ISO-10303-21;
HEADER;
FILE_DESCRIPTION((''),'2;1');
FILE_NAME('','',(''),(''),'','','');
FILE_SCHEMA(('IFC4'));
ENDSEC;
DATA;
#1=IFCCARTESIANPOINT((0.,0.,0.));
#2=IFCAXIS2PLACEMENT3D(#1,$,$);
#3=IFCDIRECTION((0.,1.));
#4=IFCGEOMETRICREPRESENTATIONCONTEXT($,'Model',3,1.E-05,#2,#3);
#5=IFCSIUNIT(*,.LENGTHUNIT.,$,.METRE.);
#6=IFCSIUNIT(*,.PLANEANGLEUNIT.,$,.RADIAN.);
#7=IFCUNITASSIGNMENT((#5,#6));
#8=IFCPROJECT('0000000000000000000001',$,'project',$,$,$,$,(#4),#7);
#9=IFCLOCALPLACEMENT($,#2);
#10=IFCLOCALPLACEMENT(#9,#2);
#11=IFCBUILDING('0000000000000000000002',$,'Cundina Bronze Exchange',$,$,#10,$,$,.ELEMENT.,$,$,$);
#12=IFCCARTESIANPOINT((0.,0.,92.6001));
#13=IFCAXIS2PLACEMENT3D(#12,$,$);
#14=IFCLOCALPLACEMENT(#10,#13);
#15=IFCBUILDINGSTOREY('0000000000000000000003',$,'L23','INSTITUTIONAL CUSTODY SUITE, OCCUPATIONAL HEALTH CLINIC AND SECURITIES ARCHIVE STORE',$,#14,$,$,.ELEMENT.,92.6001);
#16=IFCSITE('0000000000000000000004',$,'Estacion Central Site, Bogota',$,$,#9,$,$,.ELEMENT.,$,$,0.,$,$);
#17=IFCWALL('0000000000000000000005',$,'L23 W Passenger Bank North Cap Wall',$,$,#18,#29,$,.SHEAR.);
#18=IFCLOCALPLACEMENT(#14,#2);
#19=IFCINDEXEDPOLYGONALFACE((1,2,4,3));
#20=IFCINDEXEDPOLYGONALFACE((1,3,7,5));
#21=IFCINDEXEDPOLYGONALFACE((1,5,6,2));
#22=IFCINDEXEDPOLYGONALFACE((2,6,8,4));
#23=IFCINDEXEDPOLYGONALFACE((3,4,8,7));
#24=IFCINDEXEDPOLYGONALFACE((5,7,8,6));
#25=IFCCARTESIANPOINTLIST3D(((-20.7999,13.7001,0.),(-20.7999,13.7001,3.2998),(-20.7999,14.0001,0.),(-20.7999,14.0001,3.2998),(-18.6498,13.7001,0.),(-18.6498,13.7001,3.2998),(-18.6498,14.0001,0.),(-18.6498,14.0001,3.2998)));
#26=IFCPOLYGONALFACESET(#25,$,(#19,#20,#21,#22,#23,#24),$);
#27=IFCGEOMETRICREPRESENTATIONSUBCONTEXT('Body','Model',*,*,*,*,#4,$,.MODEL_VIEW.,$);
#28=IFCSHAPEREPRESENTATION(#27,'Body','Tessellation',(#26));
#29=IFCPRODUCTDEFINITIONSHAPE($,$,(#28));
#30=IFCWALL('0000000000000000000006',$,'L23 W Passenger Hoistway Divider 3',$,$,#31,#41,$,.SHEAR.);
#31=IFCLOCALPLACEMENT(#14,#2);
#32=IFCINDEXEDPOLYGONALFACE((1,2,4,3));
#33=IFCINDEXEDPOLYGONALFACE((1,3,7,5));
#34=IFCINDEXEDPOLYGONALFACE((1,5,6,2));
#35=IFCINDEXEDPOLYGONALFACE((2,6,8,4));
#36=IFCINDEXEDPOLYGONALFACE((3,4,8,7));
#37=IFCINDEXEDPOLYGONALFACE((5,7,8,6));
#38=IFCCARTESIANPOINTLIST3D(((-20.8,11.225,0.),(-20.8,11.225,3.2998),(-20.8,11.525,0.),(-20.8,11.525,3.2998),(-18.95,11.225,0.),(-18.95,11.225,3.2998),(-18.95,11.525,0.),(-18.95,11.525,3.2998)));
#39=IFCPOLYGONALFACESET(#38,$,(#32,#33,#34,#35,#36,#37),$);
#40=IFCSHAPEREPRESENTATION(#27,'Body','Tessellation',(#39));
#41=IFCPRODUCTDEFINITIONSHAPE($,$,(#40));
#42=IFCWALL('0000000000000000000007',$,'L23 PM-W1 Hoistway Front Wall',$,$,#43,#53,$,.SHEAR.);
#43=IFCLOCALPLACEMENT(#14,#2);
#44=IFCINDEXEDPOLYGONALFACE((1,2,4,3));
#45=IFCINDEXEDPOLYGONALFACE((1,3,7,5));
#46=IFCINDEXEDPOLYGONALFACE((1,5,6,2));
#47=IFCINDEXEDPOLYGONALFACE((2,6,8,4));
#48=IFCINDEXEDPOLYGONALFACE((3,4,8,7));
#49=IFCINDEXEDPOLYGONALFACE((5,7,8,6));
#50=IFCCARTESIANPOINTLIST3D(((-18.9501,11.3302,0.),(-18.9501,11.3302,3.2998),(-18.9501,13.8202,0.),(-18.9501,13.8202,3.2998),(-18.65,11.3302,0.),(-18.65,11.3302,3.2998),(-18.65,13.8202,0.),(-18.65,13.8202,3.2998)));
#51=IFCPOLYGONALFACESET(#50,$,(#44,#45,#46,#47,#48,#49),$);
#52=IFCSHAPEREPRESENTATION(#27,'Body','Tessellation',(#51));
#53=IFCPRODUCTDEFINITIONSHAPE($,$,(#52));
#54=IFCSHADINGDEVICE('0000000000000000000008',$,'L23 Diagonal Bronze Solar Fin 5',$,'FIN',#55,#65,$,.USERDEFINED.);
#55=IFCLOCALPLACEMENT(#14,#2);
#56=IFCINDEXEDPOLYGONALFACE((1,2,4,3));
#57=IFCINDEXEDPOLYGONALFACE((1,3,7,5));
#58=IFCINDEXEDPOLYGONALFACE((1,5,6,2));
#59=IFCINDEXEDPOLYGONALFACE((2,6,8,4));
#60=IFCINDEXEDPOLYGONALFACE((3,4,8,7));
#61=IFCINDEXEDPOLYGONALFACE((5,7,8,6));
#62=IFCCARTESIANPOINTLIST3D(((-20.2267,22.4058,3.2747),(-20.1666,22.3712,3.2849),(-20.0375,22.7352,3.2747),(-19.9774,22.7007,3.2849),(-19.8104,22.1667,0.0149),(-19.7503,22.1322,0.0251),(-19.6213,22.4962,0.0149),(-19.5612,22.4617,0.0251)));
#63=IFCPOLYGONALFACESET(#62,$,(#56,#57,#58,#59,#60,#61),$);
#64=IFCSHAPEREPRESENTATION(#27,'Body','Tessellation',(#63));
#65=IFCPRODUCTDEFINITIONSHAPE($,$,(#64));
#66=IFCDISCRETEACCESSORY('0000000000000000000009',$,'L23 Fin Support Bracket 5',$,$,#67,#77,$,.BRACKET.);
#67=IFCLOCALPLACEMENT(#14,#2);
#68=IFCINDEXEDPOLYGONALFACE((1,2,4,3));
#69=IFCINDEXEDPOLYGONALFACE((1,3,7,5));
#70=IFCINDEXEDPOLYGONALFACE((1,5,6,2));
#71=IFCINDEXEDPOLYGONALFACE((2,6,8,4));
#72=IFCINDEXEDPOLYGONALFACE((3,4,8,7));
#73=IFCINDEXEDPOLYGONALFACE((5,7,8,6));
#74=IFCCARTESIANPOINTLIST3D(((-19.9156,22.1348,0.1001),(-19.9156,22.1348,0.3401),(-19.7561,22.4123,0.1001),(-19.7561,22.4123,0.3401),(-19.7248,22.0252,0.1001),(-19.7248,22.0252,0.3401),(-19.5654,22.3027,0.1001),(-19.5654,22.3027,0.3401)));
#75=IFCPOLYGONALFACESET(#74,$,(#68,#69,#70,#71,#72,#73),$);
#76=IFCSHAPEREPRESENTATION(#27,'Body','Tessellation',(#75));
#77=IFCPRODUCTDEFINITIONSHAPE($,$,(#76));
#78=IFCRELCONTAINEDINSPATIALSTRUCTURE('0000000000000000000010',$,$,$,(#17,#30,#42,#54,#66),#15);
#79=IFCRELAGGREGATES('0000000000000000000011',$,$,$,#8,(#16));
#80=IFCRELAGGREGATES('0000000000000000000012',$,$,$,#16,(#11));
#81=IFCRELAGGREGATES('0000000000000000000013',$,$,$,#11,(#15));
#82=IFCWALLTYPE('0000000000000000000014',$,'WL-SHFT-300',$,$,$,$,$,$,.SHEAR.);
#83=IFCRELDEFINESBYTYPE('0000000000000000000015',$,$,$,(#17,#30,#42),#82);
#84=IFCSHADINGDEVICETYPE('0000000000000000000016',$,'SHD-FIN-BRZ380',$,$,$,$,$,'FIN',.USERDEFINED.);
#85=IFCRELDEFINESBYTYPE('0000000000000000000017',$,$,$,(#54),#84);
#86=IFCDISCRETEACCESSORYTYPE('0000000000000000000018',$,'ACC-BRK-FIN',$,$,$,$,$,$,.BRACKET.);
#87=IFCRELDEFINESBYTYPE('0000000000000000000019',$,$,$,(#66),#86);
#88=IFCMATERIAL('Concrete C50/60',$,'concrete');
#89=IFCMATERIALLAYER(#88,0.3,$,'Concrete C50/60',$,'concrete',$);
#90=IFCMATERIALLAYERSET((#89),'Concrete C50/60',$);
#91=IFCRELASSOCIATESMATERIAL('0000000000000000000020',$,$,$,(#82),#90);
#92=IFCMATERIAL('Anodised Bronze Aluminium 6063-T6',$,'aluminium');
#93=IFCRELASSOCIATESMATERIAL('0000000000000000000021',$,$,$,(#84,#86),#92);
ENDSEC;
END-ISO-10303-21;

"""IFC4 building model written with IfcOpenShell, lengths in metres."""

from ifc_helpers import new_model, si_unit, direction, frame, frame_2d, origin, origin_2d, place, context, subcontext, project, spatial, rectangle, extrude, material, layer, layer_set, material_profile, profile_set, type_object, element, save


model = new_model("IFC4")

# Units and contexts
model_context = context("Model", 3, precision=1e-05, world=origin(), true_north=direction((0.0, 1.0)))
body_context = subcontext(model_context, "Body", "Model", "MODEL_VIEW")
ifc_project = project(units=[si_unit("LENGTHUNIT", "METRE"), si_unit("PLANEANGLEUNIT", "RADIAN")], contexts=[model_context])

# Site, building, storey
site_placement = place(None, origin())
site = spatial("IfcSite", under=ifc_project, at=site_placement, Name="Estacion Central Site, Bogota", CompositionType="ELEMENT", RefElevation=0.0)
building_placement = place(site_placement, origin())
building = spatial("IfcBuilding", under=site, at=building_placement, Name="Cundina Bronze Exchange", CompositionType="ELEMENT")
storey_placement = place(building_placement, frame((0.0, 0.0, 92.6001)))
storey = spatial("IfcBuildingStorey", under=building, at=storey_placement, Name="L23", Description="INSTITUTIONAL CUSTODY SUITE, OCCUPATIONAL HEALTH CLINIC AND SECURITIES ARCHIVE STORE", CompositionType="ELEMENT", Elevation=92.6001)

# Shared definitions
ifc_material_1 = material(Name="Anodised Bronze Aluminium 6063-T6", Category="aluminium")

# Shared definitions
ifc_material_2 = material(Name="Concrete C50/60", Category="concrete")
ifc_layer_1 = layer(ifc_material_2, 0.3, Name="Concrete C50/60", Category="concrete")
ifc_layer_set_1 = layer_set([ifc_layer_1], Name="Concrete C50/60")
wall_type_1 = type_object("IfcWallType", Name="WL-SHFT-300", PredefinedType="SHEAR", material=ifc_layer_set_1)

# Walls
wall_1_placement = place(storey_placement, frame((-20.8, 13.8501, 0.0), z_axis=(0.0, 0.0, 1.0), x_axis=(1.0, 0.0, 0.0)))
element("IfcWall", 1, at=wall_1_placement, inside=storey, type_object=wall_type_1, Name="L23 W Passenger Bank North Cap Wall", PredefinedType="SHEAR", context=body_context, shape_type="SweptSolid", body=[
    extrude(rectangle(XDim=2.1501, YDim=0.3, at=frame_2d((1.0752, 0.0))), origin(), (0.0, 0.0, 1.0), 3.2998),
])
wall_2_placement = place(storey_placement, frame((-20.8, 11.375, 0.0), z_axis=(0.0, 0.0, 1.0), x_axis=(1.0, 0.0, 0.0)))
element("IfcWall", 2, at=wall_2_placement, inside=storey, type_object=wall_type_1, Name="L23 W Passenger Hoistway Divider 3", PredefinedType="SHEAR", context=body_context, shape_type="SweptSolid", body=[
    extrude(rectangle(XDim=1.8501, YDim=0.3, at=frame_2d((0.925, 0.0))), origin(), (0.0, 0.0, 1.0), 3.2998),
])
wall_3_placement = place(storey_placement, frame((-18.8, 11.3301, 0.0), z_axis=(0.0, 0.0, 1.0), x_axis=(0.0, 1.0, 0.0)))
element("IfcWall", 3, at=wall_3_placement, inside=storey, type_object=wall_type_1, Name="L23 PM-W1 Hoistway Front Wall", PredefinedType="SHEAR", context=body_context, shape_type="SweptSolid", body=[
    extrude(rectangle(XDim=2.49, YDim=0.3, at=frame_2d((1.2451, 0.0))), origin(), (0.0, 0.0, 1.0), 3.2998),
])

# Shading device
ifc_material_profile_1 = material_profile(ifc_material_1, rectangle(XDim=0.0701, YDim=0.3799, at=origin_2d()), Name="FIN70X380", Category="aluminium")
ifc_profile_set_1 = profile_set([ifc_material_profile_1], Name="Anodised Bronze Aluminium 6063-T6")
shading_device_type = type_object("IfcShadingDeviceType", Name="SHD-FIN-BRZ380", ElementType="FIN", PredefinedType="USERDEFINED", material=ifc_profile_set_1)
shading_device_placement = place(storey_placement, frame((-19.6858, 22.3142, 0.02), z_axis=(-0.126334, 0.07254, 0.989332), x_axis=(0.857957, -0.492633, 0.145679)))
element("IfcShadingDevice", 4, at=shading_device_placement, inside=storey, type_object=shading_device_type, Name="L23 Diagonal Bronze Solar Fin 5", ObjectType="FIN", PredefinedType="USERDEFINED", context=body_context, shape_type="SweptSolid", body=[
    extrude(rectangle(XDim=0.0701, YDim=0.3799, at=origin_2d()), origin(), (0.0, 0.0, 1.0), 3.2949),
])

# Discrete accessory
discrete_accessory_type = type_object("IfcDiscreteAccessoryType", Name="ACC-BRK-FIN", PredefinedType="BRACKET", material=ifc_material_1)
discrete_accessory_placement = place(storey_placement, frame((-19.7405, 22.2188, 0.1001), z_axis=(0.0, 0.0, 1.0), x_axis=(-0.867105, 0.498125, 0.0)))
element("IfcDiscreteAccessory", 5, at=discrete_accessory_placement, inside=storey, type_object=discrete_accessory_type, Name="L23 Fin Support Bracket 5", PredefinedType="BRACKET", context=body_context, shape_type="SweptSolid", body=[
    extrude(rectangle(XDim=0.22, YDim=0.3201, at=origin_2d()), origin(), (0.0, 0.0, 1.0), 0.24),
])

save(model, "model.ifc")
